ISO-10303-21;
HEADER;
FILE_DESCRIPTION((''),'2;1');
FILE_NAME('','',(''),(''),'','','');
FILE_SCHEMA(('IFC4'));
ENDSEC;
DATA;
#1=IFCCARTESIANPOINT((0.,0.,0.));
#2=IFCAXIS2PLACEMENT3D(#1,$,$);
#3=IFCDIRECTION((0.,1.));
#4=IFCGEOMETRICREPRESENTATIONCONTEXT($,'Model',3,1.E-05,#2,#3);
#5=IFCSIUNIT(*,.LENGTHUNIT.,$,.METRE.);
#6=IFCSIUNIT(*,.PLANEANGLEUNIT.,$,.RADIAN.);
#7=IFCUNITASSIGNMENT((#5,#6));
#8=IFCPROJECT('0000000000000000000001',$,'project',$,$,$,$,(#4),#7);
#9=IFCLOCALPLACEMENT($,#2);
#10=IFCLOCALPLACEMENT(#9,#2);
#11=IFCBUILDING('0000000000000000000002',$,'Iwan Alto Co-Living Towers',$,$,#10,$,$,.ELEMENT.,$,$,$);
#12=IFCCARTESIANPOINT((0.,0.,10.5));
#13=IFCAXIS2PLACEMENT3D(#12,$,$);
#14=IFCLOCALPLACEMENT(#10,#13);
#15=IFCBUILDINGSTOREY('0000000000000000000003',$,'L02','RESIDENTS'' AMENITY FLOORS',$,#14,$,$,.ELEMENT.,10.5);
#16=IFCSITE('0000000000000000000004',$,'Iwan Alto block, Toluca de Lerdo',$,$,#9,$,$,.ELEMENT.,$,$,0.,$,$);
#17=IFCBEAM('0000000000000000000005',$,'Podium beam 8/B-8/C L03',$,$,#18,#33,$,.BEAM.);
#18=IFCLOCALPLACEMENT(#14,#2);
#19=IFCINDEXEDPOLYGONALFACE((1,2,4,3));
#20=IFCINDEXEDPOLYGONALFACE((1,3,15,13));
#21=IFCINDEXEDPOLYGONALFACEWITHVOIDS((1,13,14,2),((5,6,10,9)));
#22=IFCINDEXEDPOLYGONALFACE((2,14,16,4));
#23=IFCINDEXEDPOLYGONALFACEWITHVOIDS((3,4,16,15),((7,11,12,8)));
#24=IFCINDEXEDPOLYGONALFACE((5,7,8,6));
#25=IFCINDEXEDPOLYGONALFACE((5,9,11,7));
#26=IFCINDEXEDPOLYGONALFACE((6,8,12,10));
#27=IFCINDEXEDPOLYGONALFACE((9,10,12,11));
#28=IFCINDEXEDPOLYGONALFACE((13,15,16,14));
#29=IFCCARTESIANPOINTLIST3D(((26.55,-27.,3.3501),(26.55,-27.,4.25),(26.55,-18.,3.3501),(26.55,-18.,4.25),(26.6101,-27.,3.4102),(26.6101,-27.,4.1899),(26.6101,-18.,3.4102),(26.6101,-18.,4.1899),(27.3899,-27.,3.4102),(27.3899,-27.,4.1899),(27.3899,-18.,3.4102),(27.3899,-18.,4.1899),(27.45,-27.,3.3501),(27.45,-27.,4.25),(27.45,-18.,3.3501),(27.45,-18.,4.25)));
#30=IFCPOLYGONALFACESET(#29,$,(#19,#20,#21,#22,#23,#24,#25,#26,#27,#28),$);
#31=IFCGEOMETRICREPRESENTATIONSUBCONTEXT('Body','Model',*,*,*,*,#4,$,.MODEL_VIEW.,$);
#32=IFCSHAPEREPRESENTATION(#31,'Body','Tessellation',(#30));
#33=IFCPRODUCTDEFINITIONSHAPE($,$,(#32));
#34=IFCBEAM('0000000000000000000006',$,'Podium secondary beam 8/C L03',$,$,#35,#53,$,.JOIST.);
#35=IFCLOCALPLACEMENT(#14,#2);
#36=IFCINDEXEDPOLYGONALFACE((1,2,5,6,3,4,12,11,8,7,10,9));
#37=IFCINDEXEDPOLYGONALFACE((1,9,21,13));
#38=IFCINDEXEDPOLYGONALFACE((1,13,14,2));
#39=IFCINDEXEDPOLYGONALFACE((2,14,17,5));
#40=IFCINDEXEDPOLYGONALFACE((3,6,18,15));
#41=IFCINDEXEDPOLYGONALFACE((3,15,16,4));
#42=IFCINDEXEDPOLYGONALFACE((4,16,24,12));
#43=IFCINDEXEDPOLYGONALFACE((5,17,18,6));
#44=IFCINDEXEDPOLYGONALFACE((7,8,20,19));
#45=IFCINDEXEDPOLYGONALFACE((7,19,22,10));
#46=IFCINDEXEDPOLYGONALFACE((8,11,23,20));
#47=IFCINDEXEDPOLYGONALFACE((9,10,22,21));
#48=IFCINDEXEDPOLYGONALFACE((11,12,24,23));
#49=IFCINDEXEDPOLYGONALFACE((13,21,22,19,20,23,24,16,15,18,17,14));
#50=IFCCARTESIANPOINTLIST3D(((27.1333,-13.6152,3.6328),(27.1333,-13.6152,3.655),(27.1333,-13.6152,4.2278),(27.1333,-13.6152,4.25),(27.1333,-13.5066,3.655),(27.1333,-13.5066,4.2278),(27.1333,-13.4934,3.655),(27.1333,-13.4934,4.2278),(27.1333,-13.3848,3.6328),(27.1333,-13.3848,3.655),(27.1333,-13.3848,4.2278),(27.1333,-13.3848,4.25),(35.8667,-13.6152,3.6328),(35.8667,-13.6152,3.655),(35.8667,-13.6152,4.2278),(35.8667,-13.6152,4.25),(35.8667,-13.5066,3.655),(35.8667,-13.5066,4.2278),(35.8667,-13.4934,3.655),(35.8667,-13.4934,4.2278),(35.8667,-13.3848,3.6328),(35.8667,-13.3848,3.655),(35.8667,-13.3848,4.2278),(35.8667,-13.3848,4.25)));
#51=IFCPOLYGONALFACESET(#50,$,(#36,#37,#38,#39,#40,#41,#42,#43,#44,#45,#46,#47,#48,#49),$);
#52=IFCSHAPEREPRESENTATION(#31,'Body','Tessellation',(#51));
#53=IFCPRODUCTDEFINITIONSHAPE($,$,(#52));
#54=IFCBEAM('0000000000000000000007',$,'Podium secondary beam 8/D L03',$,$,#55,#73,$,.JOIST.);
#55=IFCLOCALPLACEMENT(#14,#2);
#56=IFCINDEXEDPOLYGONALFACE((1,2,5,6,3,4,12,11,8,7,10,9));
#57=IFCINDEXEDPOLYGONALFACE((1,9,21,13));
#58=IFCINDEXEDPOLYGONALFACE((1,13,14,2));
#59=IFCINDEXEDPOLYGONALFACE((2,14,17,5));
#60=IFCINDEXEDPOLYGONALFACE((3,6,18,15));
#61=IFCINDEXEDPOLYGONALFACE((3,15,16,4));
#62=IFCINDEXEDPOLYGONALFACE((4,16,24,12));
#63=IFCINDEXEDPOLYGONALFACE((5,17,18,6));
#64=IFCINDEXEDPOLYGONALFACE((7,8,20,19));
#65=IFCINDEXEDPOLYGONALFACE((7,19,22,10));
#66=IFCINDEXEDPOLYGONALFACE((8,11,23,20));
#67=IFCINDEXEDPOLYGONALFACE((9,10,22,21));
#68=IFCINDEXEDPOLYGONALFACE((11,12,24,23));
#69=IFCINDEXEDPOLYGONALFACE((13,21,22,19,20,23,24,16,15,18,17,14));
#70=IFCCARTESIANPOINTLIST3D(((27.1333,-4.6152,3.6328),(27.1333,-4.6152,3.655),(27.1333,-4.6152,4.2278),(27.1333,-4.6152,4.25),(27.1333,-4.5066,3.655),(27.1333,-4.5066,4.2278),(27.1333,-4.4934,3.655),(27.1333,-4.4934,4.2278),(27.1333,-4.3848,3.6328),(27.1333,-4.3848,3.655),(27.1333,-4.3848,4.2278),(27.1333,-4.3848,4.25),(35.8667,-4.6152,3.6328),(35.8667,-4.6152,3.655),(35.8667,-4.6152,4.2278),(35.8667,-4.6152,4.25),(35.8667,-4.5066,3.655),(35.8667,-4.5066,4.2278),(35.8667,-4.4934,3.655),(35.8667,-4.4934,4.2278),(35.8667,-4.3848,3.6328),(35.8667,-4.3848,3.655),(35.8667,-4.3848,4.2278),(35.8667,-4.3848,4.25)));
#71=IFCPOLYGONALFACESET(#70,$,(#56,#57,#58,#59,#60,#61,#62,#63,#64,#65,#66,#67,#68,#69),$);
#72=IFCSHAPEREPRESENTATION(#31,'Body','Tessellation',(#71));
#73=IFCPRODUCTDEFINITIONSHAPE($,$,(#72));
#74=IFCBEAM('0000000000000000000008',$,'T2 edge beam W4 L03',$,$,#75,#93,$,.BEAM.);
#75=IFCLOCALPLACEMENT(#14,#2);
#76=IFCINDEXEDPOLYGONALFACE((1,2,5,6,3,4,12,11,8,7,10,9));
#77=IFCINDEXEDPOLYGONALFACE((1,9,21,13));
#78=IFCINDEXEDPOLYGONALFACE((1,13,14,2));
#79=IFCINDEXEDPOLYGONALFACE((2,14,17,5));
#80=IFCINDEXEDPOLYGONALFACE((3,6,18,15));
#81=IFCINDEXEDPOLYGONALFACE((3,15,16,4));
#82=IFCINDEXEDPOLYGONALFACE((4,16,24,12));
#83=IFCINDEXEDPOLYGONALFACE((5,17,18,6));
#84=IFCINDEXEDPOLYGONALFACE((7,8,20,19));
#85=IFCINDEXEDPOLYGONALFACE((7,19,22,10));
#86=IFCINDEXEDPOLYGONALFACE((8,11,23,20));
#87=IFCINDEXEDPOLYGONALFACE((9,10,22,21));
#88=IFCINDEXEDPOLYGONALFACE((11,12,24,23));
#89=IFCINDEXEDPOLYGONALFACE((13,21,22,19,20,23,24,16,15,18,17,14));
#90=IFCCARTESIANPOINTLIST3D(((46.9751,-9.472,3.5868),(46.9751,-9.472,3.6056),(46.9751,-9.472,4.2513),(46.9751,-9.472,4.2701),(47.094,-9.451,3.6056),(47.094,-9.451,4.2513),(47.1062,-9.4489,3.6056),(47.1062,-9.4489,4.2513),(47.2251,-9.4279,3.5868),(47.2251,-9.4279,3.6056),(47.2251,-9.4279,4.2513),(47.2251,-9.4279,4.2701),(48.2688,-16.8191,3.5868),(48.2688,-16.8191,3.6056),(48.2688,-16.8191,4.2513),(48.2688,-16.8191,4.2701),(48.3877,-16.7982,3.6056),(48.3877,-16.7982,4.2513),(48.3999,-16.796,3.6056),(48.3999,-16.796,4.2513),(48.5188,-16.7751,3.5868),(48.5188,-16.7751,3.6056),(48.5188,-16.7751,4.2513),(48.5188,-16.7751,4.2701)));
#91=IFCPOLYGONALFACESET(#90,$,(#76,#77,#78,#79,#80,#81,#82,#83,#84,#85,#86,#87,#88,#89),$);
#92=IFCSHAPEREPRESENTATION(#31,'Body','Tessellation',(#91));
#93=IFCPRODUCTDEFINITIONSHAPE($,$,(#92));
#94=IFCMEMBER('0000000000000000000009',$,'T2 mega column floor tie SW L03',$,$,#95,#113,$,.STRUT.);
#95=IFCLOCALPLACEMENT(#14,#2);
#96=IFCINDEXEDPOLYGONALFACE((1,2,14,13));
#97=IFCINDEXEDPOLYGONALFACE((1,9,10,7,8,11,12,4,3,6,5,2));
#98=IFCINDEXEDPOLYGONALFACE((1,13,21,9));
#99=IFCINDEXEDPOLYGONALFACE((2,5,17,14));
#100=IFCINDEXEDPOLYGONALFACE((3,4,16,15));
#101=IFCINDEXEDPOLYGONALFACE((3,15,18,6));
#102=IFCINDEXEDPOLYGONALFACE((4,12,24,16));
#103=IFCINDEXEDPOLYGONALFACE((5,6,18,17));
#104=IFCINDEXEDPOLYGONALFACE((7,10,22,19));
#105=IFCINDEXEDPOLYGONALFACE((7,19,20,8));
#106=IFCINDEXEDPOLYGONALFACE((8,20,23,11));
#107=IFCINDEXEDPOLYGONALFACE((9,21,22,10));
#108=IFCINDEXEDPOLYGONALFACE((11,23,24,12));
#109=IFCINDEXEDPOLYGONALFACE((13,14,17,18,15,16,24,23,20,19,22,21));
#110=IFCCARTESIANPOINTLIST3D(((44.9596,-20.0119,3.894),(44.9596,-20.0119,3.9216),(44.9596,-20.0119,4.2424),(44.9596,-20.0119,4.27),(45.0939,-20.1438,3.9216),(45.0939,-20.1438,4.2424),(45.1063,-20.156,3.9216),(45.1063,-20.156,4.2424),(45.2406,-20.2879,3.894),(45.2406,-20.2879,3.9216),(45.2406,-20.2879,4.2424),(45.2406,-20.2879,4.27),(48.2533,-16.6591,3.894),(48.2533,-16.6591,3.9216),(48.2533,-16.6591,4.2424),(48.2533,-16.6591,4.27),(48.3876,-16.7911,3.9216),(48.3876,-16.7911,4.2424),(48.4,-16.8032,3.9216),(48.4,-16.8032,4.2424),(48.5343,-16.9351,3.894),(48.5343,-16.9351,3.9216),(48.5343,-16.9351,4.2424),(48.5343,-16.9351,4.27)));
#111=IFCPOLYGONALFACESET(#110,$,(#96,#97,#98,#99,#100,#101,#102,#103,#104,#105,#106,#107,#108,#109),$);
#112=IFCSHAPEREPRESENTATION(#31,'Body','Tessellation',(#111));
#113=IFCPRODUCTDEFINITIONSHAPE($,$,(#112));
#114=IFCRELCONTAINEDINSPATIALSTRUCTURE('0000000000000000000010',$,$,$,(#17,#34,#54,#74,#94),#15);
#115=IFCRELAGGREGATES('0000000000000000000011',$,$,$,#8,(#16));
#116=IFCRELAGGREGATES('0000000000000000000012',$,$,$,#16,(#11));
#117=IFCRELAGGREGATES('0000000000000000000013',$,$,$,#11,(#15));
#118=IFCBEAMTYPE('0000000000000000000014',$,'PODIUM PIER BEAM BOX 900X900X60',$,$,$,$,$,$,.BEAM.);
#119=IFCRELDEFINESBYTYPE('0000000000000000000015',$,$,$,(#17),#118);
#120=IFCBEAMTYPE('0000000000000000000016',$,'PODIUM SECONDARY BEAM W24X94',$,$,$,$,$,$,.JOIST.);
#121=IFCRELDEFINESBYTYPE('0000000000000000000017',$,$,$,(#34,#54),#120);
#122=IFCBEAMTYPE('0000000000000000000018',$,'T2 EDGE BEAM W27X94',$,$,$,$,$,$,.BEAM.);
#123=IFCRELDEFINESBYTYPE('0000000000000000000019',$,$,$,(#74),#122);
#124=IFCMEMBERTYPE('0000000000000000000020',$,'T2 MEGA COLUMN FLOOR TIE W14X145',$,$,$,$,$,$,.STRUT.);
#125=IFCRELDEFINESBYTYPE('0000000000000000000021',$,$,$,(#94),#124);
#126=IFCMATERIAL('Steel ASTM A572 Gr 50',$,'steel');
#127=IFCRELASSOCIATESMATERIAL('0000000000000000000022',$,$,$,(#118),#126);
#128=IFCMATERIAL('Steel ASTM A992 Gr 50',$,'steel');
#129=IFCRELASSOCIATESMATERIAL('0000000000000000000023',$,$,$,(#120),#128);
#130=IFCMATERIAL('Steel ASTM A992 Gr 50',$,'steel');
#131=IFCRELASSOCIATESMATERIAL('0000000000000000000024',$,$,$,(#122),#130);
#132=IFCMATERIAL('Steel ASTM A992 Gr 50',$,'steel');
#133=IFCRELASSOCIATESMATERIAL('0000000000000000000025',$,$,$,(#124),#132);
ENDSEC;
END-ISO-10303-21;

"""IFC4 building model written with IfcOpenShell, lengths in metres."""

from ifc_helpers import new_model, si_unit, direction, frame, origin, origin_2d, place, context, subcontext, project, spatial, hollow_rectangle, i_section, extrude, material, material_profile, profile_set, type_object, element, save


model = new_model("IFC4")

# Units and contexts
model_context = context("Model", 3, precision=1e-05, world=origin(), true_north=direction((0.0, 1.0)))
body_context = subcontext(model_context, "Body", "Model", "MODEL_VIEW")
ifc_project = project(units=[si_unit("LENGTHUNIT", "METRE"), si_unit("PLANEANGLEUNIT", "RADIAN")], contexts=[model_context])

# Site, building, storey
site_placement = place(None, origin())
site = spatial("IfcSite", under=ifc_project, at=site_placement, Name="Iwan Alto block, Toluca de Lerdo", CompositionType="ELEMENT", RefElevation=0.0)
building_placement = place(site_placement, origin())
building = spatial("IfcBuilding", under=site, at=building_placement, Name="Iwan Alto Co-Living Towers", CompositionType="ELEMENT")
storey_placement = place(building_placement, frame((0.0, 0.0, 10.5)))
storey = spatial("IfcBuildingStorey", under=building, at=storey_placement, Name="L02", Description="RESIDENTS' AMENITY FLOORS", CompositionType="ELEMENT", Elevation=10.5)

# Beams
ifc_material_1 = material(Name="Steel ASTM A572 Gr 50", Category="steel")
ifc_material_profile_1 = material_profile(ifc_material_1, hollow_rectangle(XDim=0.8999, YDim=0.8999, WallThickness=0.0601, at=origin_2d()), Name="BOX 900X900X60")
ifc_profile_set_1 = profile_set([ifc_material_profile_1], Name="Steel ASTM A572 Gr 50")
beam_type_1 = type_object("IfcBeamType", Name="PODIUM PIER BEAM BOX 900X900X60", PredefinedType="BEAM", material=ifc_profile_set_1)
beam_1_placement = place(storey_placement, frame((27.0, -27.0, 3.8), z_axis=(0.0, 1.0, 0.0), x_axis=(-1.0, 0.0, 0.0)))
element("IfcBeam", 1, at=beam_1_placement, inside=storey, type_object=beam_type_1, Name="Podium beam 8/B-8/C L03", PredefinedType="BEAM", context=body_context, shape_type="SweptSolid", body=[
    extrude(hollow_rectangle(XDim=0.8999, YDim=0.8999, WallThickness=0.0601, at=origin_2d()), origin(), (0.0, 0.0, 1.0), 9.0),
])
ifc_material_2 = material(Name="Steel ASTM A992 Gr 50", Category="steel")
ifc_material_profile_2 = material_profile(ifc_material_2, i_section(OverallWidth=0.2305, OverallDepth=0.6172, WebThickness=0.0132, FlangeThickness=0.0222, at=origin_2d()), Name="W24X94")
ifc_profile_set_2 = profile_set([ifc_material_profile_2], Name="Steel ASTM A992 Gr 50")
beam_type_2 = type_object("IfcBeamType", Name="PODIUM SECONDARY BEAM W24X94", PredefinedType="JOIST", material=ifc_profile_set_2)
for number, where, z_axis, x_axis, name in (
    (2, (27.1333, -13.5, 3.9414), (1.0, 0.0, 0.0), (0.0, 1.0, 0.0), "Podium secondary beam 8/C L03"),
    (3, (27.1333, -4.5, 3.9414), (1.0, 0.0, 0.0), (0.0, 1.0, 0.0), "Podium secondary beam 8/D L03"),
):
    element("IfcBeam", number, at=place(storey_placement, frame(where, z_axis=z_axis, x_axis=x_axis)), inside=storey, type_object=beam_type_2, Name=name, PredefinedType="JOIST", context=body_context, shape_type="SweptSolid", body=[
        extrude(i_section(OverallWidth=0.2305, OverallDepth=0.6172, WebThickness=0.0132, FlangeThickness=0.0222, at=origin_2d()), origin(), (0.0, 0.0, 1.0), 8.7334),
    ])
ifc_material_3 = material(Name="Steel ASTM A992 Gr 50", Category="steel")
ifc_material_profile_3 = material_profile(ifc_material_3, i_section(OverallWidth=0.2539, OverallDepth=0.6833, WebThickness=0.0125, FlangeThickness=0.0188, at=origin_2d()), Name="W27X94")
ifc_profile_set_3 = profile_set([ifc_material_profile_3], Name="Steel ASTM A992 Gr 50")
beam_type_3 = type_object("IfcBeamType", Name="T2 EDGE BEAM W27X94", PredefinedType="BEAM", material=ifc_profile_set_3)
beam_2_placement = place(storey_placement, frame((47.1001, -9.45, 3.9285), z_axis=(0.173414, -0.984849, 0.0), x_axis=(0.984849, 0.173414, 0.0)))
element("IfcBeam", 4, at=beam_2_placement, inside=storey, type_object=beam_type_3, Name="T2 edge beam W4 L03", PredefinedType="BEAM", context=body_context, shape_type="SweptSolid", body=[
    extrude(i_section(OverallWidth=0.2539, OverallDepth=0.6833, WebThickness=0.0125, FlangeThickness=0.0188, at=origin_2d()), origin(), (0.0, 0.0, 1.0), 7.4602),
])

# Member
ifc_material_4 = material(Name="Steel ASTM A992 Gr 50", Category="steel")
ifc_material_profile_4 = material_profile(ifc_material_4, i_section(OverallWidth=0.3938, OverallDepth=0.376, WebThickness=0.0173, FlangeThickness=0.0276, at=origin_2d()), Name="W14X145")
ifc_profile_set_4 = profile_set([ifc_material_profile_4], Name="Steel ASTM A992 Gr 50")
member_type = type_object("IfcMemberType", Name="T2 MEGA COLUMN FLOOR TIE W14X145", PredefinedType="STRUT", material=ifc_profile_set_4)
member_placement = place(storey_placement, frame((45.1001, -20.1499, 4.082), z_axis=(0.700793, 0.713364, 0.0), x_axis=(-0.713364, 0.700793, 0.0)))
element("IfcMember", 5, at=member_placement, inside=storey, type_object=member_type, Name="T2 mega column floor tie SW L03", PredefinedType="STRUT", context=body_context, shape_type="SweptSolid", body=[
    extrude(i_section(OverallWidth=0.3938, OverallDepth=0.376, WebThickness=0.0173, FlangeThickness=0.0276, at=origin_2d()), origin(), (0.0, 0.0, 1.0), 4.7),
])

save(model, "model.ifc")
